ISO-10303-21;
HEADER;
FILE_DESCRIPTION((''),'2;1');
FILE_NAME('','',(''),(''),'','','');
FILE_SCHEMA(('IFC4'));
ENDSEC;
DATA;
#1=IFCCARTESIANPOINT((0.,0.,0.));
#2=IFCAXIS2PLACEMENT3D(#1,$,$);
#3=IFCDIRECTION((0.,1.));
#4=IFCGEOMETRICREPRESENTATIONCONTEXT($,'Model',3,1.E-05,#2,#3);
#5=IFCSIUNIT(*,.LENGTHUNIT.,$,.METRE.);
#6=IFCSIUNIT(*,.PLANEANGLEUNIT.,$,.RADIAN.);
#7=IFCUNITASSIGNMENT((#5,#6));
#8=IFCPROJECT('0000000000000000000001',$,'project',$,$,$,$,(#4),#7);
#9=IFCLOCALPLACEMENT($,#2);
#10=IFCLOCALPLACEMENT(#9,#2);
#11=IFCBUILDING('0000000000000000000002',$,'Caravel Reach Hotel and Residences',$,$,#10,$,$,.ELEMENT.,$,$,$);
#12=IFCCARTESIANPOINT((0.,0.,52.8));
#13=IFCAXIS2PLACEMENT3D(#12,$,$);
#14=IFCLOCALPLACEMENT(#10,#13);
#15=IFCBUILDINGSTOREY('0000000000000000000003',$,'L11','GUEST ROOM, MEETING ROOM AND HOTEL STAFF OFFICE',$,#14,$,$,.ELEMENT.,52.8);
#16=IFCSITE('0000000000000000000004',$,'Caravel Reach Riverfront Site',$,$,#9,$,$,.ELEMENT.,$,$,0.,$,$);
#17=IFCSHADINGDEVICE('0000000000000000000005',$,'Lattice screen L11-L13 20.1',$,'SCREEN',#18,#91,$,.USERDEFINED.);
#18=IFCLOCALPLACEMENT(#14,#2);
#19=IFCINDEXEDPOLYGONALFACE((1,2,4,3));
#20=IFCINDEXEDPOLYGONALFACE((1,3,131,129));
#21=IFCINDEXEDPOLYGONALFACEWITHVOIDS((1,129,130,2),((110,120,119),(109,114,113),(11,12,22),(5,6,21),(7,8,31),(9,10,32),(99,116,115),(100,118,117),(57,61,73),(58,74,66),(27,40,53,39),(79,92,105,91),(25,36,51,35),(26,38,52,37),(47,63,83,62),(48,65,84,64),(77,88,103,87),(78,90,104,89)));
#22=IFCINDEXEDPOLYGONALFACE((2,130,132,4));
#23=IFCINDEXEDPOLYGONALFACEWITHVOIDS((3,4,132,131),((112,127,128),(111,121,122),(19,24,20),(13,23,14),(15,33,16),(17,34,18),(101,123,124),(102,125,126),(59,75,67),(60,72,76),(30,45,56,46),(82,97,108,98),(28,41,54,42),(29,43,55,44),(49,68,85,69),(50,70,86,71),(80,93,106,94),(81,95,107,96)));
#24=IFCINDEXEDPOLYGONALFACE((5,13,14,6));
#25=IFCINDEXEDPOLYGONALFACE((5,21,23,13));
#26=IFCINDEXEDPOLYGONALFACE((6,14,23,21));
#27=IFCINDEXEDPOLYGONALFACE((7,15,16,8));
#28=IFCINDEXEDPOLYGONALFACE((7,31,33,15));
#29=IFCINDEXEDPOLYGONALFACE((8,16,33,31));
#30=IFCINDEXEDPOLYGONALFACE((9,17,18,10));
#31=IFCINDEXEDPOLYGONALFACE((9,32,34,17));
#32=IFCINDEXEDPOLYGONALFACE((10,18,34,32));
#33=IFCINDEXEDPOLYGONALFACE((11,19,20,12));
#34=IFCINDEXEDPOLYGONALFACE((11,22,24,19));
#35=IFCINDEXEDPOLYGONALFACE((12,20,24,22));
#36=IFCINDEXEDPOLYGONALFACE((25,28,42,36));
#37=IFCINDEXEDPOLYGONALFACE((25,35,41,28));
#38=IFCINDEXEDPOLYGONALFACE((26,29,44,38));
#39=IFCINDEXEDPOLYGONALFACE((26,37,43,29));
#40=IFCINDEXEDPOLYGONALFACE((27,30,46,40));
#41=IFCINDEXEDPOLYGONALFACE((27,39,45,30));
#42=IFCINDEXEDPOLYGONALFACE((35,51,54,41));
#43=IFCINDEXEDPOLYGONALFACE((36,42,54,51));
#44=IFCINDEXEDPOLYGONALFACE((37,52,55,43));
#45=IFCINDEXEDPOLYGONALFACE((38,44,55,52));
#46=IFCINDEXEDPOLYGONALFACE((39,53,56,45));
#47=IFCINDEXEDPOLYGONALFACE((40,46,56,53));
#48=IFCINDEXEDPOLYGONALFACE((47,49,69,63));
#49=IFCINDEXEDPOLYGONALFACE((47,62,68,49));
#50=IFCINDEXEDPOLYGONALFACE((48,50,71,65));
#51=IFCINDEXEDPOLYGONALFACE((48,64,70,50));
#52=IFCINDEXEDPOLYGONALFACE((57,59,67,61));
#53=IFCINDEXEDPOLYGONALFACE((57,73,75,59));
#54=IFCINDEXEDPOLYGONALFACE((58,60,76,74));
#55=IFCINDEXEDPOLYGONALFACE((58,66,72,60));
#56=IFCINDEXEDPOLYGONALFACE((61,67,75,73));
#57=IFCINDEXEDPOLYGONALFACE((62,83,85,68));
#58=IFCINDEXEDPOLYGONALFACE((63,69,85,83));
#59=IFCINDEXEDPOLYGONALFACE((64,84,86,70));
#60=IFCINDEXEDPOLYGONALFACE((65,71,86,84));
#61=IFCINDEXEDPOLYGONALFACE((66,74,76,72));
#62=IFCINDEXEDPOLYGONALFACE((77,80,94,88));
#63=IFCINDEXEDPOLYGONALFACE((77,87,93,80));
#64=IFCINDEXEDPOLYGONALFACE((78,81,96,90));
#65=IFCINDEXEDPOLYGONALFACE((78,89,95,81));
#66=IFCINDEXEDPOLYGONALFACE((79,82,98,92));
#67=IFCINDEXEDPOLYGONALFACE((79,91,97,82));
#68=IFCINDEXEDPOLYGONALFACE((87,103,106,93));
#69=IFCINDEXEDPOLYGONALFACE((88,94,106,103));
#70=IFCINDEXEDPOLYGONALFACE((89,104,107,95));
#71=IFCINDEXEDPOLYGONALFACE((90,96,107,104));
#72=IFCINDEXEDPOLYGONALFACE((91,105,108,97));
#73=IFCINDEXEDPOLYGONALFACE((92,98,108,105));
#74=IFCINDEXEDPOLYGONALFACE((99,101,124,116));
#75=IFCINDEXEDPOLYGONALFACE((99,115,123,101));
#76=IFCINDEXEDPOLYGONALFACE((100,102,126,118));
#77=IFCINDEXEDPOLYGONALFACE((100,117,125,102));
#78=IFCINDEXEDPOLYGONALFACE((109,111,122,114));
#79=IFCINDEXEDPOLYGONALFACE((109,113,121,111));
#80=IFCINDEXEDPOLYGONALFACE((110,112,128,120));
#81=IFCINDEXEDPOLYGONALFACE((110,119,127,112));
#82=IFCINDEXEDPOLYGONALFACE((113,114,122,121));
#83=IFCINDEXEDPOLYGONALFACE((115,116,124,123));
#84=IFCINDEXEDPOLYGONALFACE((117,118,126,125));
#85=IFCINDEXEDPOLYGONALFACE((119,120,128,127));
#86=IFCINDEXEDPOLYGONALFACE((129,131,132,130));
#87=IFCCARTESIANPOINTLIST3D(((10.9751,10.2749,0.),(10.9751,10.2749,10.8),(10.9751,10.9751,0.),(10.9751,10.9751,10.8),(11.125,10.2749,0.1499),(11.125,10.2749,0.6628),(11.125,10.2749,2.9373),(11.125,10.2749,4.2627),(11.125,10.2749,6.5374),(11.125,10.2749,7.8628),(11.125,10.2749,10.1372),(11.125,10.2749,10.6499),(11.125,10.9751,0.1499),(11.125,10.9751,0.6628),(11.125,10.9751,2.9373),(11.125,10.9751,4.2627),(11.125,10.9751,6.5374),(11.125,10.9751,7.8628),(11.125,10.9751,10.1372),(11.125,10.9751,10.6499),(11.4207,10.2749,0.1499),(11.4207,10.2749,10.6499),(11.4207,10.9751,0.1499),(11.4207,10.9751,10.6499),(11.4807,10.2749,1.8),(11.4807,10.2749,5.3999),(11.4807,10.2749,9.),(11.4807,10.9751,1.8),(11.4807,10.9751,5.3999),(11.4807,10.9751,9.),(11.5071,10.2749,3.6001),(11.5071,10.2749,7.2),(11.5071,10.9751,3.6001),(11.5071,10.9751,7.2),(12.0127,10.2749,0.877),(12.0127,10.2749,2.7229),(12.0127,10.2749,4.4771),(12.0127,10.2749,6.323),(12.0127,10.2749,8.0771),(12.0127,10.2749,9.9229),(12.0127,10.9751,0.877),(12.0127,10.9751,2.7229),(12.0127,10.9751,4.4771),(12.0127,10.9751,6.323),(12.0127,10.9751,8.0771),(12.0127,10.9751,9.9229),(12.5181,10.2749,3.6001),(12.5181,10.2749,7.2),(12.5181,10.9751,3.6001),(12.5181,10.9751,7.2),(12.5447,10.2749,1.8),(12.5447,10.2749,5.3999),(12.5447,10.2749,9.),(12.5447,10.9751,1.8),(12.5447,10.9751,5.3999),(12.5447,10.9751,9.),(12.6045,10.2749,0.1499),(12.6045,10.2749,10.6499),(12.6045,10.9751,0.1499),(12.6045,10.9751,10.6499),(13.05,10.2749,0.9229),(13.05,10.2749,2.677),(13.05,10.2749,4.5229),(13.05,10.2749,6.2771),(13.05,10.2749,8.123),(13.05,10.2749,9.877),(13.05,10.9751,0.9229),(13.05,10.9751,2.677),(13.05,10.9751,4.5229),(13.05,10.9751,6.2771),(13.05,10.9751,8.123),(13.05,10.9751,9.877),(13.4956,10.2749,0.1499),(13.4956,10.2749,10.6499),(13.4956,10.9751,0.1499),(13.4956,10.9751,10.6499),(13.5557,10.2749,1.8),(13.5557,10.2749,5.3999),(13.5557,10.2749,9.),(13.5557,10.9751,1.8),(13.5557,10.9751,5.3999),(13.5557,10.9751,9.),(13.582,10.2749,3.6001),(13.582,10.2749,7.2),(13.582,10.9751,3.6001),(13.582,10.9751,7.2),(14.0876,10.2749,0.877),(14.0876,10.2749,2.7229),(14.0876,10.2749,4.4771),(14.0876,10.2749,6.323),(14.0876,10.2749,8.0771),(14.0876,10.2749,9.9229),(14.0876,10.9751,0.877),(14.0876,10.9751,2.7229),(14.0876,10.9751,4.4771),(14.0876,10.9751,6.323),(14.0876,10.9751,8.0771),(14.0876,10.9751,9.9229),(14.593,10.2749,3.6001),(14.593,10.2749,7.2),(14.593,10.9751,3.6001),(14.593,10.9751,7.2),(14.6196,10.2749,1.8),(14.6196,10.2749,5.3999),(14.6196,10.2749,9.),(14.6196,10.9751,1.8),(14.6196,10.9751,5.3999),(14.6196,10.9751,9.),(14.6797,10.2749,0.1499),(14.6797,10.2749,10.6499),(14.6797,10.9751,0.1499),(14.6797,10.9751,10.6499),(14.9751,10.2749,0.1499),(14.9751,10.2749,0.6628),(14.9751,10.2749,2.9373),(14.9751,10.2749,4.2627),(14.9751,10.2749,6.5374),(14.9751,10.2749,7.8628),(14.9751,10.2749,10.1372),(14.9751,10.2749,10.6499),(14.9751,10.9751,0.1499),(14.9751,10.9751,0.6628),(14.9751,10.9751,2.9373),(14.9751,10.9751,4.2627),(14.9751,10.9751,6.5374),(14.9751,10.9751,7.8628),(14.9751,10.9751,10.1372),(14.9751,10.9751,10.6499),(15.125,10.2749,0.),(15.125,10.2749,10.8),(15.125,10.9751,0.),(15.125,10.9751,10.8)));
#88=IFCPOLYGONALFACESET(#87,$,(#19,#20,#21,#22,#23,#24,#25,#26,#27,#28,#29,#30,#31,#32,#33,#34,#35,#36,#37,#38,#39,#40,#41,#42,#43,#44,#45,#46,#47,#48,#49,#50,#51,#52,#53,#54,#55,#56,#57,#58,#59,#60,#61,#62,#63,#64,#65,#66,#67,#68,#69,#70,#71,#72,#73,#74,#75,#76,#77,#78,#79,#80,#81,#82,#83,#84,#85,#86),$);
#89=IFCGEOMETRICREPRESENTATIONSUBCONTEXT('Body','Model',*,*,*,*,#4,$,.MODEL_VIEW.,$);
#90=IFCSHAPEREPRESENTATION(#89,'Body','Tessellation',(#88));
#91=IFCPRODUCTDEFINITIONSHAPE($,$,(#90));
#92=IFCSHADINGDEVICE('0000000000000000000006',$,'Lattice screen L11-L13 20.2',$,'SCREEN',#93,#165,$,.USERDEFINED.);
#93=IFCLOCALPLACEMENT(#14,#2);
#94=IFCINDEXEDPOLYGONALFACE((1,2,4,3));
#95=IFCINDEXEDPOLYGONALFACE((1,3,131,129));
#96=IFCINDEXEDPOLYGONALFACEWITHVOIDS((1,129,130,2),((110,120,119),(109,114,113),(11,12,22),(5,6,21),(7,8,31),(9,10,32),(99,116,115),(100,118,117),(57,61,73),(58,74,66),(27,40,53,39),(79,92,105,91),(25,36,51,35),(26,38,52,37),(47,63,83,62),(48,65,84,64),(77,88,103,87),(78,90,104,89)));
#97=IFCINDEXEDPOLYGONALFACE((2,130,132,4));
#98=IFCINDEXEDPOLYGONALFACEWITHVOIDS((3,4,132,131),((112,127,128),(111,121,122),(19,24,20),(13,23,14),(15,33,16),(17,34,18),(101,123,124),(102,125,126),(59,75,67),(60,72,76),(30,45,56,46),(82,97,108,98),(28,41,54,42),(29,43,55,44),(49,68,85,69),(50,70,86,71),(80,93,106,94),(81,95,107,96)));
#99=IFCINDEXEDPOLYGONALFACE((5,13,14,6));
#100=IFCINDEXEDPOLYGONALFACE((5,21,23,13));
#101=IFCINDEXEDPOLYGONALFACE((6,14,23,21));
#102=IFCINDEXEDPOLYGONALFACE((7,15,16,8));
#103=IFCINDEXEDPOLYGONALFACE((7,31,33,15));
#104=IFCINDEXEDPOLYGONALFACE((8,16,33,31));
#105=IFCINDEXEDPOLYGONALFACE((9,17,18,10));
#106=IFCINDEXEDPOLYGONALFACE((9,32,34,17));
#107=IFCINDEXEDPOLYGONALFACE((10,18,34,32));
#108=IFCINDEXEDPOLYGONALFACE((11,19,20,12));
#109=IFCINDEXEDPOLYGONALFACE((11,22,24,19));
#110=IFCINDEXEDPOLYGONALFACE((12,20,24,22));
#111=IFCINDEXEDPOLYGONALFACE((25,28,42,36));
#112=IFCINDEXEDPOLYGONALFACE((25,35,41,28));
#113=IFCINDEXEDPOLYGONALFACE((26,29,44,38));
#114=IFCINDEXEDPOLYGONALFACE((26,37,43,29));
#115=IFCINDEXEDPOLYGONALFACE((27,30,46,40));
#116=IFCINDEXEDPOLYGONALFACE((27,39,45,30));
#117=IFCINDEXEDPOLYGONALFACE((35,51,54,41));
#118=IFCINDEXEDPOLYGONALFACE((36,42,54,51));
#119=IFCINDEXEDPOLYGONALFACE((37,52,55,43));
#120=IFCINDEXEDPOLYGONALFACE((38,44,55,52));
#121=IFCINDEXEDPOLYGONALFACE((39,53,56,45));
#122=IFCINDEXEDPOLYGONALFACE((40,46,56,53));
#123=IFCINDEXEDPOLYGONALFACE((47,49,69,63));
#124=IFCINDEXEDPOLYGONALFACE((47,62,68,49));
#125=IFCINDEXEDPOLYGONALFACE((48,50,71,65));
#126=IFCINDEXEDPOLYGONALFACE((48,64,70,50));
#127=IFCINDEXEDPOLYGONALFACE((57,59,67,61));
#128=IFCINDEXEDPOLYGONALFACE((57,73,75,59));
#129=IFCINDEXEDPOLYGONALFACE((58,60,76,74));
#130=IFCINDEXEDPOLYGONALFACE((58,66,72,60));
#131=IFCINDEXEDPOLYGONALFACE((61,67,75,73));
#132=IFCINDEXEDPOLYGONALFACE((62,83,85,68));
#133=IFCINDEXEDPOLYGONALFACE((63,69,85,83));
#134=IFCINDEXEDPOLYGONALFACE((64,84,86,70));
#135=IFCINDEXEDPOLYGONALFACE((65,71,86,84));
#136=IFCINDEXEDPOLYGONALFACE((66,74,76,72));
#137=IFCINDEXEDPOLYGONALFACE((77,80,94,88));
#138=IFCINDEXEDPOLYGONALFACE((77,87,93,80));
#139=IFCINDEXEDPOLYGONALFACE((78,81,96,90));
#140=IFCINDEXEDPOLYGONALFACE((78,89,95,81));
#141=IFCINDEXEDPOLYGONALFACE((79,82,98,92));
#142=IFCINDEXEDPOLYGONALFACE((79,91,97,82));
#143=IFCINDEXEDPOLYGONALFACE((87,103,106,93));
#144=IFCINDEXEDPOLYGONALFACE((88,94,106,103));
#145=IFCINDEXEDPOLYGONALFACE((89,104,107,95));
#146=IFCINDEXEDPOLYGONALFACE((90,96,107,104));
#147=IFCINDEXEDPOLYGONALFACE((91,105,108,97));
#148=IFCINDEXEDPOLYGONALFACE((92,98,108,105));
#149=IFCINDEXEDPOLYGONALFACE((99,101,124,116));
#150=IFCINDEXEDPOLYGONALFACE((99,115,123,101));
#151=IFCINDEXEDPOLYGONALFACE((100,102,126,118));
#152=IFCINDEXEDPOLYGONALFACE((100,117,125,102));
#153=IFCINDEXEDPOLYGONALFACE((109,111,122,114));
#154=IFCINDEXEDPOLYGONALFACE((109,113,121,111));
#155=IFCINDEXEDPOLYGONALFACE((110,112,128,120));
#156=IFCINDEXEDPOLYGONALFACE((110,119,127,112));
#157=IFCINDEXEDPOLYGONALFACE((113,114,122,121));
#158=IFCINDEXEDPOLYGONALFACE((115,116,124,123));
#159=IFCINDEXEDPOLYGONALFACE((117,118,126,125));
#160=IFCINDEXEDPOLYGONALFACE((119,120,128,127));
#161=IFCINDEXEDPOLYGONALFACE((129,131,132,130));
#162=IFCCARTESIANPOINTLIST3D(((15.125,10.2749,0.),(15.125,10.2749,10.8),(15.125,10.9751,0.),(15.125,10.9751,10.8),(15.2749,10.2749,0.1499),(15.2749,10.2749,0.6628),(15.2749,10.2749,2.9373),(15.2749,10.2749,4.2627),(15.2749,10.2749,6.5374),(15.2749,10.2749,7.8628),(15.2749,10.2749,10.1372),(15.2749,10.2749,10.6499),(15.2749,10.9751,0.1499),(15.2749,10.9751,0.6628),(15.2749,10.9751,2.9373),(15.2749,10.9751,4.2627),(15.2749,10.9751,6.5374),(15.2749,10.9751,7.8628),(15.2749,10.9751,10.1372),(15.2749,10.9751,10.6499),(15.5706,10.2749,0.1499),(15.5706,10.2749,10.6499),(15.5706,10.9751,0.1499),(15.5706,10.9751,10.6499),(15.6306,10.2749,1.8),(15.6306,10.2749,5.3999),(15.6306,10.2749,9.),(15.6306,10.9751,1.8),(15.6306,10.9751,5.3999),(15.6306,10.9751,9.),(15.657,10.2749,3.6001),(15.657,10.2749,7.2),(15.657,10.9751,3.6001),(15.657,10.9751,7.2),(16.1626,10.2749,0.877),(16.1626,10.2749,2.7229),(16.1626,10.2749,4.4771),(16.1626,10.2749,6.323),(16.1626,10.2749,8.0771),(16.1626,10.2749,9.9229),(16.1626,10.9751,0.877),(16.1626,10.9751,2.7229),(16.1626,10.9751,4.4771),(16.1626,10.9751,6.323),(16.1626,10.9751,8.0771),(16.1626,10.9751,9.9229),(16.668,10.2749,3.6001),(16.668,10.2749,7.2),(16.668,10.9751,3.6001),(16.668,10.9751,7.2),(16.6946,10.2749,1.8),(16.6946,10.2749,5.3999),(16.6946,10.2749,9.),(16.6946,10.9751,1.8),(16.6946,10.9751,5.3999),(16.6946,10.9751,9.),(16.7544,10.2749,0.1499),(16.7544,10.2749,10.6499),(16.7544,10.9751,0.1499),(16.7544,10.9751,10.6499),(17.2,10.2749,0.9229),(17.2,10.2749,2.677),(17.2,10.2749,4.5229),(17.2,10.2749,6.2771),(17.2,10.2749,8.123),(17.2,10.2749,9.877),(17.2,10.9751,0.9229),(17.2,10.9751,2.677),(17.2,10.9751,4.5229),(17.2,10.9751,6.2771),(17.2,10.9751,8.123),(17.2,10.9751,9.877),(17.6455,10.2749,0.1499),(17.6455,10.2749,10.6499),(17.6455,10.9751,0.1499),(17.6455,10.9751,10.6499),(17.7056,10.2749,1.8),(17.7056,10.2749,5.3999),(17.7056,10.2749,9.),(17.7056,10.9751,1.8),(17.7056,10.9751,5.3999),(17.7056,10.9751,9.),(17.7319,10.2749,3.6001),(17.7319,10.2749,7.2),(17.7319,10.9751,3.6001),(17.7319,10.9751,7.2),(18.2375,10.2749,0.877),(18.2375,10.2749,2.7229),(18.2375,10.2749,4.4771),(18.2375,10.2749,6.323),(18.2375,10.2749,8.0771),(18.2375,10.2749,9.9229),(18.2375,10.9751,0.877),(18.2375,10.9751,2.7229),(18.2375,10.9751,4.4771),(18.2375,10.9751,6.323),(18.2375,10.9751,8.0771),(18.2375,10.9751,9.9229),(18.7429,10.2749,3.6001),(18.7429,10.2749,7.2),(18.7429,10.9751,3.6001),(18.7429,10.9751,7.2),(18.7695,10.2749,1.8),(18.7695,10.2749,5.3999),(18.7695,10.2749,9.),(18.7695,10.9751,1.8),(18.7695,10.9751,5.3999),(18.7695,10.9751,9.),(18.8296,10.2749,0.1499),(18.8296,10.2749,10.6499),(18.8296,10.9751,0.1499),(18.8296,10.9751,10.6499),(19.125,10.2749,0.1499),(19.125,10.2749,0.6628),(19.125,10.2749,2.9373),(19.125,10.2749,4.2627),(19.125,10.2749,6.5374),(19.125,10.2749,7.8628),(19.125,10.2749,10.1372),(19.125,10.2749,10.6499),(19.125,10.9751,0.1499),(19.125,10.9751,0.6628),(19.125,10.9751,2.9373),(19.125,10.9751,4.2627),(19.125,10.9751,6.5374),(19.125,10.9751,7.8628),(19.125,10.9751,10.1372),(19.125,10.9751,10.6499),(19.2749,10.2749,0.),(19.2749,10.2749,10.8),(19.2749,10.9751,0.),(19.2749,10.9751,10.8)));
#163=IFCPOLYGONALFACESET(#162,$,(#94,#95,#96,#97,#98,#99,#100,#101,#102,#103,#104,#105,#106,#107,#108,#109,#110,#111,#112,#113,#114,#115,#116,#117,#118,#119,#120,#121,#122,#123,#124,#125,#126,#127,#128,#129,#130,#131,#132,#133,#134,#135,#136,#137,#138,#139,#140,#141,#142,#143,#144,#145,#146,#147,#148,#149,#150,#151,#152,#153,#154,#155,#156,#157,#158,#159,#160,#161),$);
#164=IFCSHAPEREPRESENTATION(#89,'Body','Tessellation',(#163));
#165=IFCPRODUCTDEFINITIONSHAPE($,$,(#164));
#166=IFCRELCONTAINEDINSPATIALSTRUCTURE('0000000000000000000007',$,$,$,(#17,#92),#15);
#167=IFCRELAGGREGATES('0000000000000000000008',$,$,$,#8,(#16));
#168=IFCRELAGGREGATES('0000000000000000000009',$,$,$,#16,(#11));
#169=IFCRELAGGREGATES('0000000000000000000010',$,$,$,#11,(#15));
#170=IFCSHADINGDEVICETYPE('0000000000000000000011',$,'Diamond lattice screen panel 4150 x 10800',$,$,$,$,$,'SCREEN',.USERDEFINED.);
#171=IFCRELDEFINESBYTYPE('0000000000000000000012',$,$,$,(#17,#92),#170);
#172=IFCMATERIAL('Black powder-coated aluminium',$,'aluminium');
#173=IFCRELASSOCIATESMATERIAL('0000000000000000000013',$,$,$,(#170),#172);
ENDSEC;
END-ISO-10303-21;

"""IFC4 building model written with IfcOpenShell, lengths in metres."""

from ifc_helpers import new_model, si_unit, direction, frame, origin, place, context, subcontext, project, spatial, polyline, outline, extrude, material, type_object, element, save


model = new_model("IFC4")

# Units and contexts
model_context = context("Model", 3, precision=1e-05, world=origin(), true_north=direction((0.0, 1.0)))
body_context = subcontext(model_context, "Body", "Model", "MODEL_VIEW")
ifc_project = project(units=[si_unit("LENGTHUNIT", "METRE"), si_unit("PLANEANGLEUNIT", "RADIAN")], contexts=[model_context])

# Site, building, storey
site_placement = place(None, origin())
site = spatial("IfcSite", under=ifc_project, at=site_placement, Name="Caravel Reach Riverfront Site", CompositionType="ELEMENT", RefElevation=0.0)
building_placement = place(site_placement, origin())
building = spatial("IfcBuilding", under=site, at=building_placement, Name="Caravel Reach Hotel and Residences", CompositionType="ELEMENT")
storey_placement = place(building_placement, frame((0.0, 0.0, 52.8)))
storey = spatial("IfcBuildingStorey", under=building, at=storey_placement, Name="L11", Description="GUEST ROOM, MEETING ROOM AND HOTEL STAFF OFFICE", CompositionType="ELEMENT", Elevation=52.8)

# Shading devices
ifc_material_1 = material(Name="Black powder-coated aluminium", Category="aluminium")
shading_device_type_1 = type_object("IfcShadingDeviceType", Name="Diamond lattice screen panel 4150 x 10800", ElementType="SCREEN", PredefinedType="USERDEFINED", material=ifc_material_1)
shading_device_1_placement = place(storey_placement, frame((10.9751, 10.9751, 0.0), z_axis=(0.0, -1.0, 0.0), x_axis=(1.0, 0.0, 0.0)))
element("IfcShadingDevice", 1, at=shading_device_1_placement, inside=storey, type_object=shading_device_type_1, Name="Lattice screen L11-L13 20.1", ObjectType="SCREEN", PredefinedType="USERDEFINED", context=body_context, shape_type="SweptSolid", body=[
    extrude(outline(polyline([(0.0, 0.0), (4.1499, 0.0), (4.1499, 10.8), (0.0, 10.8), (0.0, 0.0)]), holes=[polyline([(0.4456, 0.1499), (0.1499, 0.6628), (0.1499, 0.1499), (0.4456, 0.1499)]), polyline([(0.532, 3.6001), (0.1499, 4.2627), (0.1499, 2.9373), (0.532, 3.6001)]), polyline([(0.532, 7.2), (0.1499, 7.8628), (0.1499, 6.5374), (0.532, 7.2)]), polyline([(0.1499, 10.1372), (0.4456, 10.6499), (0.1499, 10.6499), (0.1499, 10.1372)]), polyline([(1.0376, 2.7229), (0.5056, 1.8), (1.0376, 0.877), (1.5696, 1.8), (1.0376, 2.7229)]), polyline([(1.0376, 6.323), (0.5056, 5.3999), (1.0376, 4.4771), (1.5696, 5.3999), (1.0376, 6.323)]), polyline([(1.0376, 9.9229), (0.5056, 9.0), (1.0376, 8.0771), (1.5696, 9.0), (1.0376, 9.9229)]), polyline([(2.075, 0.9229), (1.6294, 0.1499), (2.5205, 0.1499), (2.075, 0.9229)]), polyline([(2.075, 4.5229), (1.543, 3.6001), (2.075, 2.677), (2.6069, 3.6001), (2.075, 4.5229)]), polyline([(2.075, 8.123), (1.543, 7.2), (2.075, 6.2771), (2.6069, 7.2), (2.075, 8.123)]), polyline([(2.075, 9.877), (2.5205, 10.6499), (1.6294, 10.6499), (2.075, 9.877)]), polyline([(3.1125, 2.7229), (2.5806, 1.8), (3.1125, 0.877), (3.6445, 1.8), (3.1125, 2.7229)]), polyline([(3.1125, 6.323), (2.5806, 5.3999), (3.1125, 4.4771), (3.6445, 5.3999), (3.1125, 6.323)]), polyline([(3.1125, 9.9229), (2.5806, 9.0), (3.1125, 8.0771), (3.6445, 9.0), (3.1125, 9.9229)]), polyline([(4.0, 0.6628), (3.7046, 0.1499), (4.0, 0.1499), (4.0, 0.6628)]), polyline([(3.6179, 3.6001), (4.0, 2.9373), (4.0, 4.2627), (3.6179, 3.6001)]), polyline([(3.6179, 7.2), (4.0, 6.5374), (4.0, 7.8628), (3.6179, 7.2)]), polyline([(3.7046, 10.6499), (4.0, 10.1372), (4.0, 10.6499), (3.7046, 10.6499)])]), origin(), (0.0, 0.0, 1.0), 0.7002),
])
shading_device_2_placement = place(storey_placement, frame((15.125, 10.9751, 0.0), z_axis=(0.0, -1.0, 0.0), x_axis=(1.0, 0.0, 0.0)))
element("IfcShadingDevice", 2, at=shading_device_2_placement, inside=storey, type_object=shading_device_type_1, Name="Lattice screen L11-L13 20.2", ObjectType="SCREEN", PredefinedType="USERDEFINED", context=body_context, shape_type="SweptSolid", body=[
    extrude(outline(polyline([(0.0, 0.0), (4.1499, 0.0), (4.1499, 10.8), (0.0, 10.8), (0.0, 0.0)]), holes=[polyline([(0.4456, 0.1499), (0.1499, 0.6628), (0.1499, 0.1499), (0.4456, 0.1499)]), polyline([(0.532, 3.6001), (0.1499, 4.2627), (0.1499, 2.9373), (0.532, 3.6001)]), polyline([(0.532, 7.2), (0.1499, 7.8628), (0.1499, 6.5374), (0.532, 7.2)]), polyline([(0.1499, 10.1372), (0.4456, 10.6499), (0.1499, 10.6499), (0.1499, 10.1372)]), polyline([(1.0376, 2.7229), (0.5056, 1.8), (1.0376, 0.877), (1.5696, 1.8), (1.0376, 2.7229)]), polyline([(1.0376, 6.323), (0.5056, 5.3999), (1.0376, 4.4771), (1.5696, 5.3999), (1.0376, 6.323)]), polyline([(1.0376, 9.9229), (0.5056, 9.0), (1.0376, 8.0771), (1.5696, 9.0), (1.0376, 9.9229)]), polyline([(2.075, 0.9229), (1.6294, 0.1499), (2.5205, 0.1499), (2.075, 0.9229)]), polyline([(2.075, 4.5229), (1.543, 3.6001), (2.075, 2.677), (2.6069, 3.6001), (2.075, 4.5229)]), polyline([(2.075, 8.123), (1.543, 7.2), (2.075, 6.2771), (2.6069, 7.2), (2.075, 8.123)]), polyline([(2.075, 9.877), (2.5205, 10.6499), (1.6294, 10.6499), (2.075, 9.877)]), polyline([(3.1125, 2.7229), (2.5806, 1.8), (3.1125, 0.877), (3.6445, 1.8), (3.1125, 2.7229)]), polyline([(3.1125, 6.323), (2.5806, 5.3999), (3.1125, 4.4771), (3.6445, 5.3999), (3.1125, 6.323)]), polyline([(3.1125, 9.9229), (2.5806, 9.0), (3.1125, 8.0771), (3.6445, 9.0), (3.1125, 9.9229)]), polyline([(4.0, 0.6628), (3.7046, 0.1499), (4.0, 0.1499), (4.0, 0.6628)]), polyline([(3.6179, 3.6001), (4.0, 2.9373), (4.0, 4.2627), (3.6179, 3.6001)]), polyline([(3.6179, 7.2), (4.0, 6.5374), (4.0, 7.8628), (3.6179, 7.2)]), polyline([(3.7046, 10.6499), (4.0, 10.1372), (4.0, 10.6499), (3.7046, 10.6499)])]), origin(), (0.0, 0.0, 1.0), 0.7002),
])

save(model, "model.ifc")
